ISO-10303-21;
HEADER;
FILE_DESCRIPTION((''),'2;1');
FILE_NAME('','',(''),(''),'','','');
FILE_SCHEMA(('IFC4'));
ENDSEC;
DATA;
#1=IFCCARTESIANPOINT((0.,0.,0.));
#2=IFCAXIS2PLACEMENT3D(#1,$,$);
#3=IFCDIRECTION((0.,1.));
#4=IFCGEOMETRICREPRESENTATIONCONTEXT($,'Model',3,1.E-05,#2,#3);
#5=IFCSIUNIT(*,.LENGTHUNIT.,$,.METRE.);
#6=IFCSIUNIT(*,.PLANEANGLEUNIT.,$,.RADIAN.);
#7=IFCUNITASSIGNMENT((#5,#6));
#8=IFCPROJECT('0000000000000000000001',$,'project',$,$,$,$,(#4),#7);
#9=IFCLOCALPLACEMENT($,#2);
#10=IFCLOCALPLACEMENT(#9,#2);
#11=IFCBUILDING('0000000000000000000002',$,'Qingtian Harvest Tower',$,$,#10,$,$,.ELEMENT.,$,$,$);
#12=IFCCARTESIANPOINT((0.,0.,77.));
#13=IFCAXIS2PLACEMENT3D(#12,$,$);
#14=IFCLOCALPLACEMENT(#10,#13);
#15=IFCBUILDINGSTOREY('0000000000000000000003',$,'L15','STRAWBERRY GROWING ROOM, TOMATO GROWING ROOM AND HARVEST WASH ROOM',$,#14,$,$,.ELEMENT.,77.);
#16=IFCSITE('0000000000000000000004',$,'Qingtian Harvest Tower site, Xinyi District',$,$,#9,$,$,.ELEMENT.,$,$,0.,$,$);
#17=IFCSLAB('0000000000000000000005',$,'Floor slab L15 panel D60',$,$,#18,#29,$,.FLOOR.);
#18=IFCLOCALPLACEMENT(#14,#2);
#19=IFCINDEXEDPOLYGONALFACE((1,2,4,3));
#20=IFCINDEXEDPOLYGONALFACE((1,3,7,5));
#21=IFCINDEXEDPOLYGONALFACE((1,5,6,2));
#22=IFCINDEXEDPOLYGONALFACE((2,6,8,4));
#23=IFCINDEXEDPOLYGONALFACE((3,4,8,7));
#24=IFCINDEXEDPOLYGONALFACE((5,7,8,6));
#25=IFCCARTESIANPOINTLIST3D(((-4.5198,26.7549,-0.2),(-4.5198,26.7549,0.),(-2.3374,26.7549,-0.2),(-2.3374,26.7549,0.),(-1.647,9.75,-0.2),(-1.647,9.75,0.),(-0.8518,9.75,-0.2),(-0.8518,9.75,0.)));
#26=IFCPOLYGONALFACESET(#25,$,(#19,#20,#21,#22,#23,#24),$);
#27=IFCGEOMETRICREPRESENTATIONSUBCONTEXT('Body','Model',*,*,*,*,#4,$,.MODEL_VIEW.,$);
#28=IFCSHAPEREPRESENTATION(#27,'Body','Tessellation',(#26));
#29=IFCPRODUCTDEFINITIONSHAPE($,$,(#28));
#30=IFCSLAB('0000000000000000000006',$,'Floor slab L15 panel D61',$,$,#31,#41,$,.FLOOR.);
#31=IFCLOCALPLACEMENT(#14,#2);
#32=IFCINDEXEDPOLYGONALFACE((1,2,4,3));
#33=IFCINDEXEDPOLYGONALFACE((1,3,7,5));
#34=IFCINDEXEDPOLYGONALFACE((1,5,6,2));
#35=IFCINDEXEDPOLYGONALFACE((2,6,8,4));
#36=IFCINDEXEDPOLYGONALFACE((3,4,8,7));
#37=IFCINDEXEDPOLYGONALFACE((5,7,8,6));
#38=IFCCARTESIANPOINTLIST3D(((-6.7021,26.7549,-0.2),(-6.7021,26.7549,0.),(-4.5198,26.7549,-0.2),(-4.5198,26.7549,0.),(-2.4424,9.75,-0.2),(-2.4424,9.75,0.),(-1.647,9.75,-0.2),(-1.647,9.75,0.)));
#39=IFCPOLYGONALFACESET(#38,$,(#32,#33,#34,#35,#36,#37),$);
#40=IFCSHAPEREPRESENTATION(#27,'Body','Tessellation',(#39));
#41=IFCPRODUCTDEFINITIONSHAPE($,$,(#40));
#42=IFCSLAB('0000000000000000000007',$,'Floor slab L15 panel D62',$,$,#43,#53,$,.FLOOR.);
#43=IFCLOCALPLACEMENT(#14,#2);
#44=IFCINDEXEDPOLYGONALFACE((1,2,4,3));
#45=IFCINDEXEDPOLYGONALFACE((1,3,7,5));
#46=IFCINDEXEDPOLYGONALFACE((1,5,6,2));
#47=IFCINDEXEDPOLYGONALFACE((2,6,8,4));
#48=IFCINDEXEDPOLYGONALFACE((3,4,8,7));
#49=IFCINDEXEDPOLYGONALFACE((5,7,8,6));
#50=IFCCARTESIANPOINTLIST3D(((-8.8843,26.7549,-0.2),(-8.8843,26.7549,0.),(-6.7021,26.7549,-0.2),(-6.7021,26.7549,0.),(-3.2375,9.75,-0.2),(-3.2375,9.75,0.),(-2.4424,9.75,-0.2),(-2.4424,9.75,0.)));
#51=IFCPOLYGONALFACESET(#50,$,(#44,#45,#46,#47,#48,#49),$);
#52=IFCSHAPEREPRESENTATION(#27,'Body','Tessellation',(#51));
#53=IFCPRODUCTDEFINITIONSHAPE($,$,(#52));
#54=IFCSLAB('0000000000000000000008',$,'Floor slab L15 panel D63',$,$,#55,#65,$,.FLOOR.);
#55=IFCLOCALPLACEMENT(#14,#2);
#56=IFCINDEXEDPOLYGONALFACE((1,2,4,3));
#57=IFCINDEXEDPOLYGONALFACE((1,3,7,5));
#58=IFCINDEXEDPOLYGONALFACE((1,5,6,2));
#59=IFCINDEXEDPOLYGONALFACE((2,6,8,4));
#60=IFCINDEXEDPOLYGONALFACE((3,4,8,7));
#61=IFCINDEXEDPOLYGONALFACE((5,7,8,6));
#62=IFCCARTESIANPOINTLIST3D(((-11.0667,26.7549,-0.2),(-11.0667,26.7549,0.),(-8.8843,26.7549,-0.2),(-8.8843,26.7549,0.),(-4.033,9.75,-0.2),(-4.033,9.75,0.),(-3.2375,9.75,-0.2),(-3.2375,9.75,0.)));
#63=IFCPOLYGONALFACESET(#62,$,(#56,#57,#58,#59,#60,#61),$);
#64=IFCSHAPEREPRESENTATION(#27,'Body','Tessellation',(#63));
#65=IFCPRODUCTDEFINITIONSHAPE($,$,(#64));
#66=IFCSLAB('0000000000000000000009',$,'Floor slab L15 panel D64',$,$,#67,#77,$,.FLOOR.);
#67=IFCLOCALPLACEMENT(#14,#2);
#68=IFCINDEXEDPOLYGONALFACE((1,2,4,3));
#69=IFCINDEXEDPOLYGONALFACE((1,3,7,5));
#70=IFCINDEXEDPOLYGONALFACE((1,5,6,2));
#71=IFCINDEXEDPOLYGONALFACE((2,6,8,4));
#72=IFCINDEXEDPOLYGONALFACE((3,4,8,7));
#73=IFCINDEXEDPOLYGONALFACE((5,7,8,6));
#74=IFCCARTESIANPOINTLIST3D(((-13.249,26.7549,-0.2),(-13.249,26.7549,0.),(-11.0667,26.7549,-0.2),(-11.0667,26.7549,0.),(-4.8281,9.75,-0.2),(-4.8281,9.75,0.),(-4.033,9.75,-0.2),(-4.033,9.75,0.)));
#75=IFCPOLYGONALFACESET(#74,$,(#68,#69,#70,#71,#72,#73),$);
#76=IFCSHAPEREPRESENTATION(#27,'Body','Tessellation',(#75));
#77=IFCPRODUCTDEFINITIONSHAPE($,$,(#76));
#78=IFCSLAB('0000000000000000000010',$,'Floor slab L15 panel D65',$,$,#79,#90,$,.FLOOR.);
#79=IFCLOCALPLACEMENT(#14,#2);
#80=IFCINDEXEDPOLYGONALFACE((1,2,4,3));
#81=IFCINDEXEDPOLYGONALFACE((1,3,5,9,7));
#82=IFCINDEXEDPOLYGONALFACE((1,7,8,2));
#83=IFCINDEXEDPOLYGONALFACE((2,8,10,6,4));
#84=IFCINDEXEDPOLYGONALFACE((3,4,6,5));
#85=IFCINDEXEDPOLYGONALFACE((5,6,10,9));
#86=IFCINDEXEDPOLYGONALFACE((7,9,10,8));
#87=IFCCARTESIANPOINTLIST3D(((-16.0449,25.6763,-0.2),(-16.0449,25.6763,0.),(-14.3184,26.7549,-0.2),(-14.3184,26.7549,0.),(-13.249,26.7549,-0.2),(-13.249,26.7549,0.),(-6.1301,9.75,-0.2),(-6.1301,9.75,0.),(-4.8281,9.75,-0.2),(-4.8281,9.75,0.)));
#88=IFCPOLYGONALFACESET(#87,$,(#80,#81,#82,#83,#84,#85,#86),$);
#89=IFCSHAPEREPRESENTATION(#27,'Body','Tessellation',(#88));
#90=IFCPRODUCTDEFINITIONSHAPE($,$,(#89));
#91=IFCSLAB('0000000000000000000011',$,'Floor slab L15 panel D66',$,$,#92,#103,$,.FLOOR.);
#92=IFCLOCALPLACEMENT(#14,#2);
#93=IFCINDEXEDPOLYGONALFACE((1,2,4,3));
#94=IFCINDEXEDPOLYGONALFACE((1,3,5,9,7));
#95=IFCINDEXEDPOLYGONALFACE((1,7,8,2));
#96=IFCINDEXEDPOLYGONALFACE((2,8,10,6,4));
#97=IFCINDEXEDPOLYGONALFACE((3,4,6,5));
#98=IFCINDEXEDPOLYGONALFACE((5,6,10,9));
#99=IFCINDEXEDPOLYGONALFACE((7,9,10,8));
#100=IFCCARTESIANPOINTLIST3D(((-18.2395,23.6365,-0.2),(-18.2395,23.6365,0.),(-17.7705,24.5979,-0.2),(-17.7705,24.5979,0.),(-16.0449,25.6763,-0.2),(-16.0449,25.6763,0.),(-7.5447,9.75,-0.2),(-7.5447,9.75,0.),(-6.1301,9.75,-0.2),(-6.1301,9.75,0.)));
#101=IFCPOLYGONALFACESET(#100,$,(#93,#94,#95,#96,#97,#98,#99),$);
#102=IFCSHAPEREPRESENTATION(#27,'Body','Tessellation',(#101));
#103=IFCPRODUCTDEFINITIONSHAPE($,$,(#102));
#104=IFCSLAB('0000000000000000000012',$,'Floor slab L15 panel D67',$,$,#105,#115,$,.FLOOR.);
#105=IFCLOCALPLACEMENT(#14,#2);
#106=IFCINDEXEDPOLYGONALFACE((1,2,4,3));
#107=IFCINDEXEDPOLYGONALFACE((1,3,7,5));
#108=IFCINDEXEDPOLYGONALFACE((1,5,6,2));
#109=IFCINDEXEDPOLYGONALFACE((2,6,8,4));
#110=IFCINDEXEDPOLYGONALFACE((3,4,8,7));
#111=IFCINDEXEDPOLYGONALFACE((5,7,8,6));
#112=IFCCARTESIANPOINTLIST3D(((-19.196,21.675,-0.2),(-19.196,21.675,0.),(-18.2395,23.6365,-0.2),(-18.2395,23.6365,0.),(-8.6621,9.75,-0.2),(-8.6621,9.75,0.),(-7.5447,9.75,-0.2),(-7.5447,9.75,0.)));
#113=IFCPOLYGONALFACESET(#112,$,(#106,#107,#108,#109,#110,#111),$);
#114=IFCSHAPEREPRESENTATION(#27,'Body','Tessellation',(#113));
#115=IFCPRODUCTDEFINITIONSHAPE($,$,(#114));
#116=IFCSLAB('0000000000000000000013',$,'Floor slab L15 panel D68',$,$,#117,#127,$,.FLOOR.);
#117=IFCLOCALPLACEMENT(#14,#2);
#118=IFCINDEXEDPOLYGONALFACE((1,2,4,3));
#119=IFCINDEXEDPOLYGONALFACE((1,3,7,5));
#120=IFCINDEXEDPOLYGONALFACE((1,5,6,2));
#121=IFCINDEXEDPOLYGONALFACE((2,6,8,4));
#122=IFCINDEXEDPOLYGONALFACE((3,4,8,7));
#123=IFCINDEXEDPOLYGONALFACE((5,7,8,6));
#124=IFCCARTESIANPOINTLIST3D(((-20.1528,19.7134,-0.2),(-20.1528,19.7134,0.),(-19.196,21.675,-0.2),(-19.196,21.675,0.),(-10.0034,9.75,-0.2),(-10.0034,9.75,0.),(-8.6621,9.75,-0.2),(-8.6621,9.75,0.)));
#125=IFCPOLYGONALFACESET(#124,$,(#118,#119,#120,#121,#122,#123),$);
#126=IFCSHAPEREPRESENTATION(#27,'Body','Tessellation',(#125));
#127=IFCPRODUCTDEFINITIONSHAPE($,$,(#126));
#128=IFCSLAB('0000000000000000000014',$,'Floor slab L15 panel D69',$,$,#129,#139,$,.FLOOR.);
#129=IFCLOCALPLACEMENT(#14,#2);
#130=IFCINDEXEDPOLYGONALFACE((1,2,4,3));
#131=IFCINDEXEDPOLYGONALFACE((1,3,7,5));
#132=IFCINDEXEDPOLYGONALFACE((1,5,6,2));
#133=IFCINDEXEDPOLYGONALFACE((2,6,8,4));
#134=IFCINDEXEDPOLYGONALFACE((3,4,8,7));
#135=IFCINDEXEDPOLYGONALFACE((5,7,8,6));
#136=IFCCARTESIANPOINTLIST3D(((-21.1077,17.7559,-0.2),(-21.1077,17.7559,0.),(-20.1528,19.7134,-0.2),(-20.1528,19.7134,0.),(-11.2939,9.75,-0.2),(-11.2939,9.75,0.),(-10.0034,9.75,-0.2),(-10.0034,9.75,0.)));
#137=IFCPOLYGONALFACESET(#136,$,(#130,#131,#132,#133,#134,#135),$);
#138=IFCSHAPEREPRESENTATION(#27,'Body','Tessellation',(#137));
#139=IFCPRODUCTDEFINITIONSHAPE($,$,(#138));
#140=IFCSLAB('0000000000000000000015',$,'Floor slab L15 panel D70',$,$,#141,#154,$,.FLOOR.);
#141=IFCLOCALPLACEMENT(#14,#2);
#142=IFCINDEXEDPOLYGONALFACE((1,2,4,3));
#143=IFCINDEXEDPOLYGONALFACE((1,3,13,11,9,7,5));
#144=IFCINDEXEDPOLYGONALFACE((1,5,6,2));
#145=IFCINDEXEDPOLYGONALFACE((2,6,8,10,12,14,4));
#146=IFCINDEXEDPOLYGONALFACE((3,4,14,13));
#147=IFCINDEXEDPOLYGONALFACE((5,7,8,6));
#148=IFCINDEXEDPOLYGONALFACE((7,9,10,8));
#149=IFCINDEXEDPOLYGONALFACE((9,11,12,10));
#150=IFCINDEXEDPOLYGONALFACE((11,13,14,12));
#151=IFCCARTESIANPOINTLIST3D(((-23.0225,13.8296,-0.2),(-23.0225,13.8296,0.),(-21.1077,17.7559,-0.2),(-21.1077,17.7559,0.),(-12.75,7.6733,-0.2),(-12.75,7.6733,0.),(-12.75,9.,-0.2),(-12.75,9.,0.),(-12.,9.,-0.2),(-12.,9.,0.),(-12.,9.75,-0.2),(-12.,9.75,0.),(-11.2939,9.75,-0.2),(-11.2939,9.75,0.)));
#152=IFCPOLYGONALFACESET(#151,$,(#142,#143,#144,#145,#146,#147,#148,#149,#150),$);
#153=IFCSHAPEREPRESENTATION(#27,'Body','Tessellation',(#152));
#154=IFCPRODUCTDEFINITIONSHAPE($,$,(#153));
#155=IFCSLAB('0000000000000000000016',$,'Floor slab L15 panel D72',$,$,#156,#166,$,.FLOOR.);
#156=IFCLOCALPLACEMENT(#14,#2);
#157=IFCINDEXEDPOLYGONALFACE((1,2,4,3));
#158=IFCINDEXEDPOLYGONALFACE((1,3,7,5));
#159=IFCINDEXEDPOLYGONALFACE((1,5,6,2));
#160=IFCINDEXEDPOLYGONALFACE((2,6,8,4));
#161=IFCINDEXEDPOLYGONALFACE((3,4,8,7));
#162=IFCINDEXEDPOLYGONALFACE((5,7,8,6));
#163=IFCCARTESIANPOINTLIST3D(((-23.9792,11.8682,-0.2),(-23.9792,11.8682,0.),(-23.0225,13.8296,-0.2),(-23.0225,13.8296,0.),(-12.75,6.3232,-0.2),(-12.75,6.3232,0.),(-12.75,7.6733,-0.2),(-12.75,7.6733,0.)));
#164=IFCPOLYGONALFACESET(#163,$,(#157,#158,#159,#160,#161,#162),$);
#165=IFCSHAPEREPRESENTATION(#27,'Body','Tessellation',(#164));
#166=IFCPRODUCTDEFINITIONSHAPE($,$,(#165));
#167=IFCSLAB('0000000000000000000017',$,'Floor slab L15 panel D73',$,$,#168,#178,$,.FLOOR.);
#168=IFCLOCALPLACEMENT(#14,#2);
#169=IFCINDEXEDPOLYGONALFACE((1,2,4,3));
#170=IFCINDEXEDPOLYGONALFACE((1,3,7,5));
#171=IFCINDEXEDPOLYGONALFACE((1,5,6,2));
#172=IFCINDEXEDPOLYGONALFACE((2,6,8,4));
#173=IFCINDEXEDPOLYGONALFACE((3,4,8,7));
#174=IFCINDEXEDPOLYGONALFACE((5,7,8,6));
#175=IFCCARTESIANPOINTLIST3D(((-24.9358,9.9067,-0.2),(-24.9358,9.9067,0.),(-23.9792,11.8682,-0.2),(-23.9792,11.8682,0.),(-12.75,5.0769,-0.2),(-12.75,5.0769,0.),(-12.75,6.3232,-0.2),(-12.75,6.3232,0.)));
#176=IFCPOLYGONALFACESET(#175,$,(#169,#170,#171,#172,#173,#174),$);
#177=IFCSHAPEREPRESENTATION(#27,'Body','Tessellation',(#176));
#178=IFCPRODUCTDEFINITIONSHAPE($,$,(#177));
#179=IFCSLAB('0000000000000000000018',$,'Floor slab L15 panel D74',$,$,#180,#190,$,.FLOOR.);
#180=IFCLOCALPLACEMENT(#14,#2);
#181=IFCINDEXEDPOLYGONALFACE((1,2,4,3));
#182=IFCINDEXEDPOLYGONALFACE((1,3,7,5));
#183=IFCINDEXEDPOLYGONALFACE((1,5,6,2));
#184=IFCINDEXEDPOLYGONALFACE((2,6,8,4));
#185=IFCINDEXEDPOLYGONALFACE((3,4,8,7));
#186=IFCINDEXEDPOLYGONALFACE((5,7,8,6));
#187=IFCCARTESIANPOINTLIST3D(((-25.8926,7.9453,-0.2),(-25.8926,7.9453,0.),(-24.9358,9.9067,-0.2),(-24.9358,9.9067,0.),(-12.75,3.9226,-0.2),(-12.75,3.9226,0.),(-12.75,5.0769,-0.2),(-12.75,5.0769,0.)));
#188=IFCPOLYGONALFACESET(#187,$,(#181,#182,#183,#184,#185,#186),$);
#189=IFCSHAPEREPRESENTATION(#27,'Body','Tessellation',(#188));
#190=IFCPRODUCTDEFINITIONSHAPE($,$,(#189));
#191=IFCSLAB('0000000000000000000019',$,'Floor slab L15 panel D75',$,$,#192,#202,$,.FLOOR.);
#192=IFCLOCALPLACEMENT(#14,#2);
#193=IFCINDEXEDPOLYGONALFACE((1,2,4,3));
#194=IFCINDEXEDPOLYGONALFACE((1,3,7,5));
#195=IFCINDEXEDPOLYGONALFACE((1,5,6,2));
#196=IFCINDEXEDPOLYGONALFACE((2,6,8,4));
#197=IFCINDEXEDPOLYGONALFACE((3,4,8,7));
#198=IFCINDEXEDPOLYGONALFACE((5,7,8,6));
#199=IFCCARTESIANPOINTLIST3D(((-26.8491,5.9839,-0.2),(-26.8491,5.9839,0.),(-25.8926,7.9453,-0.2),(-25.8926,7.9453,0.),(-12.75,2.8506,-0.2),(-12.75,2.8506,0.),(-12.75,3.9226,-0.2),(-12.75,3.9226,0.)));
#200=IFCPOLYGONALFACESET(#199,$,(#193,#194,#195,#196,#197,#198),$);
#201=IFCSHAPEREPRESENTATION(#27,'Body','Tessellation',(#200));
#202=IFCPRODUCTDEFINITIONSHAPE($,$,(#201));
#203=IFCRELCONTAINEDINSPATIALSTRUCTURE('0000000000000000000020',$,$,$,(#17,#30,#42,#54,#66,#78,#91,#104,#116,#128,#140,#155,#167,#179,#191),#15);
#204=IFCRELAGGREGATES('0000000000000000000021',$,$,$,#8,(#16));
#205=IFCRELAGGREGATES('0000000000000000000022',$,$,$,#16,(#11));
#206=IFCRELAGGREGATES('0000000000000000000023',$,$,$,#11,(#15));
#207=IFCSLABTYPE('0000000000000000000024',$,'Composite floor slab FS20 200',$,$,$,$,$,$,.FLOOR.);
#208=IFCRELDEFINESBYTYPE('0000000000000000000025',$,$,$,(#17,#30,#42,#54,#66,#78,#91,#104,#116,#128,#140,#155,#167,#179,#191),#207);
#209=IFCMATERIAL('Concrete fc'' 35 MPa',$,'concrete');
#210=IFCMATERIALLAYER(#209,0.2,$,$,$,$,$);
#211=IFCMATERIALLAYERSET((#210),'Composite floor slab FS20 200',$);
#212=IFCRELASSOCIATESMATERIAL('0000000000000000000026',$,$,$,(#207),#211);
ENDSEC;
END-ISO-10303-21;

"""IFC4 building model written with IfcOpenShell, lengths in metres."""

from ifc_helpers import new_model, si_unit, direction, frame, origin, place, context, subcontext, project, spatial, polyline, outline, extrude, material, layer, layer_set, type_object, element, save


model = new_model("IFC4")

# Units and contexts
model_context = context("Model", 3, precision=1e-05, world=origin(), true_north=direction((0.0, 1.0)))
body_context = subcontext(model_context, "Body", "Model", "MODEL_VIEW")
ifc_project = project(units=[si_unit("LENGTHUNIT", "METRE"), si_unit("PLANEANGLEUNIT", "RADIAN")], contexts=[model_context])

# Site, building, storey
site_placement = place(None, origin())
site = spatial("IfcSite", under=ifc_project, at=site_placement, Name="Qingtian Harvest Tower site, Xinyi District", CompositionType="ELEMENT", RefElevation=0.0)
building_placement = place(site_placement, origin())
building = spatial("IfcBuilding", under=site, at=building_placement, Name="Qingtian Harvest Tower", CompositionType="ELEMENT")
storey_placement = place(building_placement, frame((0.0, 0.0, 77.0)))
storey = spatial("IfcBuildingStorey", under=building, at=storey_placement, Name="L15", Description="STRAWBERRY GROWING ROOM, TOMATO GROWING ROOM AND HARVEST WASH ROOM", CompositionType="ELEMENT", Elevation=77.0)

# Slabs
ifc_material_1 = material(Name="Concrete fc' 35 MPa", Category="concrete")
ifc_layer_1 = layer(ifc_material_1, 0.2)
ifc_layer_set_1 = layer_set([ifc_layer_1], Name="Composite floor slab FS20 200")
slab_type = type_object("IfcSlabType", Name="Composite floor slab FS20 200", PredefinedType="FLOOR", material=ifc_layer_set_1)
slab_1_placement = place(storey_placement, frame((0.0, 0.0, -0.2)))
element("IfcSlab", 1, at=slab_1_placement, inside=storey, type_object=slab_type, Name="Floor slab L15 panel D60", PredefinedType="FLOOR", context=body_context, shape_type="SweptSolid", body=[
    extrude(outline(polyline([(-1.647, 9.75), (-4.5198, 26.7549), (-2.3374, 26.7549), (-0.8518, 9.75), (-1.647, 9.75)])), origin(), (0.0, 0.0, 1.0), 0.2),
])
slab_2_placement = place(storey_placement, frame((0.0, 0.0, -0.2)))
element("IfcSlab", 2, at=slab_2_placement, inside=storey, type_object=slab_type, Name="Floor slab L15 panel D61", PredefinedType="FLOOR", context=body_context, shape_type="SweptSolid", body=[
    extrude(outline(polyline([(-2.4424, 9.75), (-6.7021, 26.7549), (-4.5198, 26.7549), (-1.647, 9.75), (-2.4424, 9.75)])), origin(), (0.0, 0.0, 1.0), 0.2),
])
slab_3_placement = place(storey_placement, frame((0.0, 0.0, -0.2)))
element("IfcSlab", 3, at=slab_3_placement, inside=storey, type_object=slab_type, Name="Floor slab L15 panel D62", PredefinedType="FLOOR", context=body_context, shape_type="SweptSolid", body=[
    extrude(outline(polyline([(-3.2375, 9.75), (-8.8843, 26.7549), (-6.7021, 26.7549), (-2.4424, 9.75), (-3.2375, 9.75)])), origin(), (0.0, 0.0, 1.0), 0.2),
])
slab_4_placement = place(storey_placement, frame((0.0, 0.0, -0.2)))
element("IfcSlab", 4, at=slab_4_placement, inside=storey, type_object=slab_type, Name="Floor slab L15 panel D63", PredefinedType="FLOOR", context=body_context, shape_type="SweptSolid", body=[
    extrude(outline(polyline([(-4.033, 9.75), (-11.0667, 26.7549), (-8.8843, 26.7549), (-3.2375, 9.75), (-4.033, 9.75)])), origin(), (0.0, 0.0, 1.0), 0.2),
])
slab_5_placement = place(storey_placement, frame((0.0, 0.0, -0.2)))
element("IfcSlab", 5, at=slab_5_placement, inside=storey, type_object=slab_type, Name="Floor slab L15 panel D64", PredefinedType="FLOOR", context=body_context, shape_type="SweptSolid", body=[
    extrude(outline(polyline([(-4.8281, 9.75), (-13.249, 26.7549), (-11.0667, 26.7549), (-4.033, 9.75), (-4.8281, 9.75)])), origin(), (0.0, 0.0, 1.0), 0.2),
])
slab_6_placement = place(storey_placement, frame((0.0, 0.0, -0.2)))
element("IfcSlab", 6, at=slab_6_placement, inside=storey, type_object=slab_type, Name="Floor slab L15 panel D65", PredefinedType="FLOOR", context=body_context, shape_type="SweptSolid", body=[
    extrude(outline(polyline([(-4.8281, 9.75), (-6.1301, 9.75), (-16.0449, 25.6763), (-14.3184, 26.7549), (-13.249, 26.7549), (-4.8281, 9.75)])), origin(), (0.0, 0.0, 1.0), 0.2),
])
slab_7_placement = place(storey_placement, frame((0.0, 0.0, -0.2)))
element("IfcSlab", 7, at=slab_7_placement, inside=storey, type_object=slab_type, Name="Floor slab L15 panel D66", PredefinedType="FLOOR", context=body_context, shape_type="SweptSolid", body=[
    extrude(outline(polyline([(-6.1301, 9.75), (-7.5447, 9.75), (-18.2395, 23.6365), (-17.7705, 24.5979), (-16.0449, 25.6763), (-6.1301, 9.75)])), origin(), (0.0, 0.0, 1.0), 0.2),
])
slab_8_placement = place(storey_placement, frame((0.0, 0.0, -0.2)))
element("IfcSlab", 8, at=slab_8_placement, inside=storey, type_object=slab_type, Name="Floor slab L15 panel D67", PredefinedType="FLOOR", context=body_context, shape_type="SweptSolid", body=[
    extrude(outline(polyline([(-8.6621, 9.75), (-19.196, 21.675), (-18.2395, 23.6365), (-7.5447, 9.75), (-8.6621, 9.75)])), origin(), (0.0, 0.0, 1.0), 0.2),
])
slab_9_placement = place(storey_placement, frame((0.0, 0.0, -0.2)))
element("IfcSlab", 9, at=slab_9_placement, inside=storey, type_object=slab_type, Name="Floor slab L15 panel D68", PredefinedType="FLOOR", context=body_context, shape_type="SweptSolid", body=[
    extrude(outline(polyline([(-10.0034, 9.75), (-20.1528, 19.7134), (-19.196, 21.675), (-8.6621, 9.75), (-10.0034, 9.75)])), origin(), (0.0, 0.0, 1.0), 0.2),
])
slab_10_placement = place(storey_placement, frame((0.0, 0.0, -0.2)))
element("IfcSlab", 10, at=slab_10_placement, inside=storey, type_object=slab_type, Name="Floor slab L15 panel D69", PredefinedType="FLOOR", context=body_context, shape_type="SweptSolid", body=[
    extrude(outline(polyline([(-11.2939, 9.75), (-21.1077, 17.7559), (-20.1528, 19.7134), (-10.0034, 9.75), (-11.2939, 9.75)])), origin(), (0.0, 0.0, 1.0), 0.2),
])
slab_11_placement = place(storey_placement, frame((0.0, 0.0, -0.2)))
element("IfcSlab", 11, at=slab_11_placement, inside=storey, type_object=slab_type, Name="Floor slab L15 panel D70", PredefinedType="FLOOR", context=body_context, shape_type="SweptSolid", body=[
    extrude(outline(polyline([(-12.0, 9.0), (-12.75, 9.0), (-12.75, 7.6733), (-23.0225, 13.8296), (-21.1077, 17.7559), (-11.2939, 9.75), (-12.0, 9.75), (-12.0, 9.0)])), origin(), (0.0, 0.0, 1.0), 0.2),
])
slab_12_placement = place(storey_placement, frame((0.0, 0.0, -0.2)))
element("IfcSlab", 12, at=slab_12_placement, inside=storey, type_object=slab_type, Name="Floor slab L15 panel D72", PredefinedType="FLOOR", context=body_context, shape_type="SweptSolid", body=[
    extrude(outline(polyline([(-12.75, 6.3232), (-23.9792, 11.8682), (-23.0225, 13.8296), (-12.75, 7.6733), (-12.75, 6.3232)])), origin(), (0.0, 0.0, 1.0), 0.2),
])
slab_13_placement = place(storey_placement, frame((0.0, 0.0, -0.2)))
element("IfcSlab", 13, at=slab_13_placement, inside=storey, type_object=slab_type, Name="Floor slab L15 panel D73", PredefinedType="FLOOR", context=body_context, shape_type="SweptSolid", body=[
    extrude(outline(polyline([(-12.75, 5.0769), (-24.9358, 9.9067), (-23.9792, 11.8682), (-12.75, 6.3232), (-12.75, 5.0769)])), origin(), (0.0, 0.0, 1.0), 0.2),
])
slab_14_placement = place(storey_placement, frame((0.0, 0.0, -0.2)))
element("IfcSlab", 14, at=slab_14_placement, inside=storey, type_object=slab_type, Name="Floor slab L15 panel D74", PredefinedType="FLOOR", context=body_context, shape_type="SweptSolid", body=[
    extrude(outline(polyline([(-12.75, 3.9226), (-25.8926, 7.9453), (-24.9358, 9.9067), (-12.75, 5.0769), (-12.75, 3.9226)])), origin(), (0.0, 0.0, 1.0), 0.2),
])
slab_15_placement = place(storey_placement, frame((0.0, 0.0, -0.2)))
element("IfcSlab", 15, at=slab_15_placement, inside=storey, type_object=slab_type, Name="Floor slab L15 panel D75", PredefinedType="FLOOR", context=body_context, shape_type="SweptSolid", body=[
    extrude(outline(polyline([(-12.75, 2.8506), (-26.8491, 5.9839), (-25.8926, 7.9453), (-12.75, 3.9226), (-12.75, 2.8506)])), origin(), (0.0, 0.0, 1.0), 0.2),
])

save(model, "model.ifc")
